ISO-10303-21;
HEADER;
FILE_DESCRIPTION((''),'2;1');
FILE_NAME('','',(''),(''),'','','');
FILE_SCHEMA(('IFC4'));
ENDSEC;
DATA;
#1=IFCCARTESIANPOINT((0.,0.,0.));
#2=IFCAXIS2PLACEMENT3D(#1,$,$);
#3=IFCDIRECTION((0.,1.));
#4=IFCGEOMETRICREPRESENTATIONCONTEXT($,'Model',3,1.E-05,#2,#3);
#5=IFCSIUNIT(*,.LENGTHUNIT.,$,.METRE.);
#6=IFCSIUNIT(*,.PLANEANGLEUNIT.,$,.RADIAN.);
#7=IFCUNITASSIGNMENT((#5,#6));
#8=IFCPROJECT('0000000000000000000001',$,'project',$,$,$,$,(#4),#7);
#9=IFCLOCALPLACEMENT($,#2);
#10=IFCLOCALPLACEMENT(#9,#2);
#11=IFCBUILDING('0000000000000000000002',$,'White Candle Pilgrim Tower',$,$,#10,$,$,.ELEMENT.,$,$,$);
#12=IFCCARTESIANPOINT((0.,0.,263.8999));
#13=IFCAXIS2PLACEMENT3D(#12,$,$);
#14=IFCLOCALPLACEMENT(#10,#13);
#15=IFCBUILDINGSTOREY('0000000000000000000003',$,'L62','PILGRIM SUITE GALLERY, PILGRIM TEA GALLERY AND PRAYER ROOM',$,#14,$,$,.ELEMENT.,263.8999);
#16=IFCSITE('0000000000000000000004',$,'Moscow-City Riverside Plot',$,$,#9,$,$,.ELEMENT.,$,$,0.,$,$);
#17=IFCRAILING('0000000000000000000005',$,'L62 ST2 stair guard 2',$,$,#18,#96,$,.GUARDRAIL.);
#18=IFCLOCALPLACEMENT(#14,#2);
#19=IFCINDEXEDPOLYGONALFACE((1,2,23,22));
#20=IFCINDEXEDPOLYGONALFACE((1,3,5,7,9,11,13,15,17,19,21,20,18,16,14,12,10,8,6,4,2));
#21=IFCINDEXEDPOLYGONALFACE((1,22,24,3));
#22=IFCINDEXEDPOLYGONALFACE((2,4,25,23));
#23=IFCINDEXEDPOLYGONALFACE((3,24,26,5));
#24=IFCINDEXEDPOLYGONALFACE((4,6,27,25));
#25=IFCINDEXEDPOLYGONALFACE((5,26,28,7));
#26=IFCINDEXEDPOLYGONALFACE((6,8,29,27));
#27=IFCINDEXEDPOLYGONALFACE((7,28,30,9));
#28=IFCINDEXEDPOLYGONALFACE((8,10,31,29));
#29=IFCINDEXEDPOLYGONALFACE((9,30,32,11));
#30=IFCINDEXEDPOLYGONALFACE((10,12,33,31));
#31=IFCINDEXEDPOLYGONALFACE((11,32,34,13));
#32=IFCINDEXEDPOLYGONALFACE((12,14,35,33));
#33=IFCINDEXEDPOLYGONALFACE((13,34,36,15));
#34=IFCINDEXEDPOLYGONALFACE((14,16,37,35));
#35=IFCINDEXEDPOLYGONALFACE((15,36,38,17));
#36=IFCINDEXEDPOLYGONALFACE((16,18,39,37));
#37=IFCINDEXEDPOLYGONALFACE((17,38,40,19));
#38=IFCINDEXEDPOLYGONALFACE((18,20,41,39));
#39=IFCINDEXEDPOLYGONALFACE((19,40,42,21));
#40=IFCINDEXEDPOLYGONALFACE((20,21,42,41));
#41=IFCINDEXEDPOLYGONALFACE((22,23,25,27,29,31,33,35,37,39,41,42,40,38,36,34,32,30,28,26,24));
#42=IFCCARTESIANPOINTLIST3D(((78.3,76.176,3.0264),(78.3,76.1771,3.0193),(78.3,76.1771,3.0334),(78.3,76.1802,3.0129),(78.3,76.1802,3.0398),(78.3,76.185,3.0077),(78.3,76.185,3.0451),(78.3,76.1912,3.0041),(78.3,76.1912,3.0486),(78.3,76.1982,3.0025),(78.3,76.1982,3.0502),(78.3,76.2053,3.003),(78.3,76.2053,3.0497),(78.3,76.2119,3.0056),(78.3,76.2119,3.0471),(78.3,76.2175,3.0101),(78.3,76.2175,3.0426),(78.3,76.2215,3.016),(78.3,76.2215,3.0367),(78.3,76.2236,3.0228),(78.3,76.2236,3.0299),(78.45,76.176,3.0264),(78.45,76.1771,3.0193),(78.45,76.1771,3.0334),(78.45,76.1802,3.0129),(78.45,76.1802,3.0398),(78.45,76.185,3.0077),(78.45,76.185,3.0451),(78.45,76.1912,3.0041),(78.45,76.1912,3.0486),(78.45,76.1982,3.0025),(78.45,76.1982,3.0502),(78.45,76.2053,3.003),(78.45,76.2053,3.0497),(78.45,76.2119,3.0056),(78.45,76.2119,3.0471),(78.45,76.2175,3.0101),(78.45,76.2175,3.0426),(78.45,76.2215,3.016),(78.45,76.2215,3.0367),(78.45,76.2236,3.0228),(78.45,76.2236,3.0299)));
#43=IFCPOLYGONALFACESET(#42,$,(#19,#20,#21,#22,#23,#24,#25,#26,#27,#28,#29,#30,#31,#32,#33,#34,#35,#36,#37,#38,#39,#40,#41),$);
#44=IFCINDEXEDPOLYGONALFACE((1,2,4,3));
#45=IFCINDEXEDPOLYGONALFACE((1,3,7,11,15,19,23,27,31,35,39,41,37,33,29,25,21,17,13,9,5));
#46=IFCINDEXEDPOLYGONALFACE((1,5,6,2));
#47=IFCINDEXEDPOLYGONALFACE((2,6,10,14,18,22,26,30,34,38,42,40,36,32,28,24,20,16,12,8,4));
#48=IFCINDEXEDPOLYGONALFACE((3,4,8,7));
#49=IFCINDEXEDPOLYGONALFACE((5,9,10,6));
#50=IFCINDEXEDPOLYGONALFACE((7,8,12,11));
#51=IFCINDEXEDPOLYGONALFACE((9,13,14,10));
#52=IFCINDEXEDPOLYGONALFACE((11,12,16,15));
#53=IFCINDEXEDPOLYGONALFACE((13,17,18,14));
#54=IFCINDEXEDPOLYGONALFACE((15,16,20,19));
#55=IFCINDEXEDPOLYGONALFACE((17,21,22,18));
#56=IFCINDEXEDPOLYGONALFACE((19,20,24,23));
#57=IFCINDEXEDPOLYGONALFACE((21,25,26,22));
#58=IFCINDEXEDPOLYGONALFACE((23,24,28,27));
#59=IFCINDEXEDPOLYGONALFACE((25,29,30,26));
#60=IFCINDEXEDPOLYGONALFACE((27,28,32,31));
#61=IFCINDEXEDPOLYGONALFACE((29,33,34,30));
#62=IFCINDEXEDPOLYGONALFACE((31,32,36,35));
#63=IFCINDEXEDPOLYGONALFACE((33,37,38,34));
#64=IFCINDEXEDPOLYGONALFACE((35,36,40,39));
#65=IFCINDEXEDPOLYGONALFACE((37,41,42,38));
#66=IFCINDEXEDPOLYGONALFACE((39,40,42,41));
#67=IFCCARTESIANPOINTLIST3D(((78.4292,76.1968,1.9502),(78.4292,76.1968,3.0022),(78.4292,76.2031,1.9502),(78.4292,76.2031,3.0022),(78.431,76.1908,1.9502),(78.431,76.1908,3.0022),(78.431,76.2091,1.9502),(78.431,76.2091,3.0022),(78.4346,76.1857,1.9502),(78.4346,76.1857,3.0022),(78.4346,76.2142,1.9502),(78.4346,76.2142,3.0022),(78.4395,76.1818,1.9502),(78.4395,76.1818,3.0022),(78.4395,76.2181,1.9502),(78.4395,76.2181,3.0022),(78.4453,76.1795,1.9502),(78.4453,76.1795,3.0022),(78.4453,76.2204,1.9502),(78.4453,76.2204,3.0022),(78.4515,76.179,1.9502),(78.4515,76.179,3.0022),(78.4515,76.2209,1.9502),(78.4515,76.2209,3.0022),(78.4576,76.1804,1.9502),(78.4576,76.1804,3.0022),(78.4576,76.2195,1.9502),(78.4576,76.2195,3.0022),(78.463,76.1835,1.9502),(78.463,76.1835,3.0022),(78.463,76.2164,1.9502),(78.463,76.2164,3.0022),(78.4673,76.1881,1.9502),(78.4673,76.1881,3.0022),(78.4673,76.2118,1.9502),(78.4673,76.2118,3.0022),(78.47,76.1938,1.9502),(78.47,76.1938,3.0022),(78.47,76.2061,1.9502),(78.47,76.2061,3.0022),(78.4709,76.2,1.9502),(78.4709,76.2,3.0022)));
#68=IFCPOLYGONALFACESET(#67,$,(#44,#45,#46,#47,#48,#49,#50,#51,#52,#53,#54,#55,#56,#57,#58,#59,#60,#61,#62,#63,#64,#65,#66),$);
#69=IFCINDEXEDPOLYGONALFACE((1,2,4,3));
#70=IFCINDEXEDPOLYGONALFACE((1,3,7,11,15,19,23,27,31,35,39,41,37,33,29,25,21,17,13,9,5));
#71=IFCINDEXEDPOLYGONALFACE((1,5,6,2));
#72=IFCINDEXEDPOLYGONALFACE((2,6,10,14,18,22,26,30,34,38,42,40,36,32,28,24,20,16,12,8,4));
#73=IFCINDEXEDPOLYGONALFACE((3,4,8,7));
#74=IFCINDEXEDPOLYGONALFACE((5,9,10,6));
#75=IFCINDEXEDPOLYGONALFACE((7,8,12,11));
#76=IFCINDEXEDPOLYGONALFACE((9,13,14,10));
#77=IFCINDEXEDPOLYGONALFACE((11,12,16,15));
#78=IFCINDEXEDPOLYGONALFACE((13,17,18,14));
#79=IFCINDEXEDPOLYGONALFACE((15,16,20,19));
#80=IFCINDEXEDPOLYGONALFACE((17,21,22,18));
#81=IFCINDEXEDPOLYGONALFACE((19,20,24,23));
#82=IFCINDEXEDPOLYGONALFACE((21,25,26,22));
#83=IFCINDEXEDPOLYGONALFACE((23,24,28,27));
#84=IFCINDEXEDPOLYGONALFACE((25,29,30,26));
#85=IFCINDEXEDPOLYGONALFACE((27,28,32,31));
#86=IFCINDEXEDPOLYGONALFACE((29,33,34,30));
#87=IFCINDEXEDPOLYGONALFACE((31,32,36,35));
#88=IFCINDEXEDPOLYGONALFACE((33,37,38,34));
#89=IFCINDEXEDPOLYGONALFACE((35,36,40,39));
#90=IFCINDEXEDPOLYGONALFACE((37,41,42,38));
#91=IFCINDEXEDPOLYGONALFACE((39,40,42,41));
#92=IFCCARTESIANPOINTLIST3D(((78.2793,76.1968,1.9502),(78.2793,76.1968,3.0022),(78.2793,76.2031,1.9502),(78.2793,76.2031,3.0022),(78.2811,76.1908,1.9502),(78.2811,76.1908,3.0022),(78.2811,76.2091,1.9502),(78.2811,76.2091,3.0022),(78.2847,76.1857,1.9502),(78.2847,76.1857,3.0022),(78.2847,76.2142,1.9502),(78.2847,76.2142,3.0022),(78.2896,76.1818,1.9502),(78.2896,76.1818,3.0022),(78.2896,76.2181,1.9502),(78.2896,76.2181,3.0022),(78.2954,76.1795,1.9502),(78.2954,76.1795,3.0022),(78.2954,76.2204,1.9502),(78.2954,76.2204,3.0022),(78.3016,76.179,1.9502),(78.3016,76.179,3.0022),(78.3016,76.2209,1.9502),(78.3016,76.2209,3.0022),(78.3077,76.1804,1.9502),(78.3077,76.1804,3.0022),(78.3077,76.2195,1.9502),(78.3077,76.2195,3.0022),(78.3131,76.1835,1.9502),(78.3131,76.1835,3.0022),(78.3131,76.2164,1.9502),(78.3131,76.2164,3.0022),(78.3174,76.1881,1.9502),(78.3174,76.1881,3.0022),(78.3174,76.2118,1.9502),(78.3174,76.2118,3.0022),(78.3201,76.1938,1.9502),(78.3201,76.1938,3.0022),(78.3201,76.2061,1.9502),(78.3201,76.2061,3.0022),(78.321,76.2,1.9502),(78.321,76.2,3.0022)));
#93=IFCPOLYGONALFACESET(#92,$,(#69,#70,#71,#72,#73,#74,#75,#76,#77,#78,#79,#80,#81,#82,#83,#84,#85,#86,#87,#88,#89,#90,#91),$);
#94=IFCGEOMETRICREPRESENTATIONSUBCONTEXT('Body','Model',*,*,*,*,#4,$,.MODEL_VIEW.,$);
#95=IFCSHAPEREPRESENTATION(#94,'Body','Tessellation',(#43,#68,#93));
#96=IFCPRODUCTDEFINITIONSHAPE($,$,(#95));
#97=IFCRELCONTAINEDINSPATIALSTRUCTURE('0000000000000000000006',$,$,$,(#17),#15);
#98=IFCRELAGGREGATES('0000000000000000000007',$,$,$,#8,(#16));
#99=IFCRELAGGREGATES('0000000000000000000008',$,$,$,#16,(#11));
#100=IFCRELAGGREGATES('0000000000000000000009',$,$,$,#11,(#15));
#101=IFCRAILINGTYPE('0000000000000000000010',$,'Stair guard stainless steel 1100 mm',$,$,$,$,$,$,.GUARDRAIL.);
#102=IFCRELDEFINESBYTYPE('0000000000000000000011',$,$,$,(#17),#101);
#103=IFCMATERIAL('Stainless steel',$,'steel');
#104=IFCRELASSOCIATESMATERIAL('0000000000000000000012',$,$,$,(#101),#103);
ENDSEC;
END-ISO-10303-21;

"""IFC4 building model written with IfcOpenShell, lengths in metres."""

from ifc_helpers import new_model, si_unit, direction, frame, origin, origin_2d, place, context, subcontext, project, spatial, circle, extrude, material, type_object, element, save


model = new_model("IFC4")

# Units and contexts
model_context = context("Model", 3, precision=1e-05, world=origin(), true_north=direction((0.0, 1.0)))
body_context = subcontext(model_context, "Body", "Model", "MODEL_VIEW")
ifc_project = project(units=[si_unit("LENGTHUNIT", "METRE"), si_unit("PLANEANGLEUNIT", "RADIAN")], contexts=[model_context])

# Site, building, storey
site_placement = place(None, origin())
site = spatial("IfcSite", under=ifc_project, at=site_placement, Name="Moscow-City Riverside Plot", CompositionType="ELEMENT", RefElevation=0.0)
building_placement = place(site_placement, origin())
building = spatial("IfcBuilding", under=site, at=building_placement, Name="White Candle Pilgrim Tower", CompositionType="ELEMENT")
storey_placement = place(building_placement, frame((0.0, 0.0, 263.8999)))
storey = spatial("IfcBuildingStorey", under=building, at=storey_placement, Name="L62", Description="PILGRIM SUITE GALLERY, PILGRIM TEA GALLERY AND PRAYER ROOM", CompositionType="ELEMENT", Elevation=263.8999)

# Railing
ifc_material_1 = material(Name="Stainless steel", Category="steel")
railing_type_1 = type_object("IfcRailingType", Name="Stair guard stainless steel 1100 mm", PredefinedType="GUARDRAIL", material=ifc_material_1)
railing_1_placement = place(storey_placement, frame((78.45, 76.2, 1.9502)))
element("IfcRailing", 1, at=railing_1_placement, inside=storey, type_object=railing_type_1, Name="L62 ST2 stair guard 2", PredefinedType="GUARDRAIL", context=body_context, shape_type="SweptSolid", body=[
    extrude(circle(Radius=0.0239, at=origin_2d()), frame((0.0, 0.0, 1.0762), z_axis=(-1.0, 0.0, 0.0), x_axis=(0.0, -1.0, 0.0)), (0.0, 0.0, 1.0), 0.1499),
    extrude(circle(Radius=0.021, at=origin_2d()), origin(), (0.0, 0.0, 1.0), 1.052),
    extrude(circle(Radius=0.021, at=origin_2d()), frame((-0.1499, 0.0, 0.0)), (0.0, 0.0, 1.0), 1.052),
])

save(model, "model.ifc")
